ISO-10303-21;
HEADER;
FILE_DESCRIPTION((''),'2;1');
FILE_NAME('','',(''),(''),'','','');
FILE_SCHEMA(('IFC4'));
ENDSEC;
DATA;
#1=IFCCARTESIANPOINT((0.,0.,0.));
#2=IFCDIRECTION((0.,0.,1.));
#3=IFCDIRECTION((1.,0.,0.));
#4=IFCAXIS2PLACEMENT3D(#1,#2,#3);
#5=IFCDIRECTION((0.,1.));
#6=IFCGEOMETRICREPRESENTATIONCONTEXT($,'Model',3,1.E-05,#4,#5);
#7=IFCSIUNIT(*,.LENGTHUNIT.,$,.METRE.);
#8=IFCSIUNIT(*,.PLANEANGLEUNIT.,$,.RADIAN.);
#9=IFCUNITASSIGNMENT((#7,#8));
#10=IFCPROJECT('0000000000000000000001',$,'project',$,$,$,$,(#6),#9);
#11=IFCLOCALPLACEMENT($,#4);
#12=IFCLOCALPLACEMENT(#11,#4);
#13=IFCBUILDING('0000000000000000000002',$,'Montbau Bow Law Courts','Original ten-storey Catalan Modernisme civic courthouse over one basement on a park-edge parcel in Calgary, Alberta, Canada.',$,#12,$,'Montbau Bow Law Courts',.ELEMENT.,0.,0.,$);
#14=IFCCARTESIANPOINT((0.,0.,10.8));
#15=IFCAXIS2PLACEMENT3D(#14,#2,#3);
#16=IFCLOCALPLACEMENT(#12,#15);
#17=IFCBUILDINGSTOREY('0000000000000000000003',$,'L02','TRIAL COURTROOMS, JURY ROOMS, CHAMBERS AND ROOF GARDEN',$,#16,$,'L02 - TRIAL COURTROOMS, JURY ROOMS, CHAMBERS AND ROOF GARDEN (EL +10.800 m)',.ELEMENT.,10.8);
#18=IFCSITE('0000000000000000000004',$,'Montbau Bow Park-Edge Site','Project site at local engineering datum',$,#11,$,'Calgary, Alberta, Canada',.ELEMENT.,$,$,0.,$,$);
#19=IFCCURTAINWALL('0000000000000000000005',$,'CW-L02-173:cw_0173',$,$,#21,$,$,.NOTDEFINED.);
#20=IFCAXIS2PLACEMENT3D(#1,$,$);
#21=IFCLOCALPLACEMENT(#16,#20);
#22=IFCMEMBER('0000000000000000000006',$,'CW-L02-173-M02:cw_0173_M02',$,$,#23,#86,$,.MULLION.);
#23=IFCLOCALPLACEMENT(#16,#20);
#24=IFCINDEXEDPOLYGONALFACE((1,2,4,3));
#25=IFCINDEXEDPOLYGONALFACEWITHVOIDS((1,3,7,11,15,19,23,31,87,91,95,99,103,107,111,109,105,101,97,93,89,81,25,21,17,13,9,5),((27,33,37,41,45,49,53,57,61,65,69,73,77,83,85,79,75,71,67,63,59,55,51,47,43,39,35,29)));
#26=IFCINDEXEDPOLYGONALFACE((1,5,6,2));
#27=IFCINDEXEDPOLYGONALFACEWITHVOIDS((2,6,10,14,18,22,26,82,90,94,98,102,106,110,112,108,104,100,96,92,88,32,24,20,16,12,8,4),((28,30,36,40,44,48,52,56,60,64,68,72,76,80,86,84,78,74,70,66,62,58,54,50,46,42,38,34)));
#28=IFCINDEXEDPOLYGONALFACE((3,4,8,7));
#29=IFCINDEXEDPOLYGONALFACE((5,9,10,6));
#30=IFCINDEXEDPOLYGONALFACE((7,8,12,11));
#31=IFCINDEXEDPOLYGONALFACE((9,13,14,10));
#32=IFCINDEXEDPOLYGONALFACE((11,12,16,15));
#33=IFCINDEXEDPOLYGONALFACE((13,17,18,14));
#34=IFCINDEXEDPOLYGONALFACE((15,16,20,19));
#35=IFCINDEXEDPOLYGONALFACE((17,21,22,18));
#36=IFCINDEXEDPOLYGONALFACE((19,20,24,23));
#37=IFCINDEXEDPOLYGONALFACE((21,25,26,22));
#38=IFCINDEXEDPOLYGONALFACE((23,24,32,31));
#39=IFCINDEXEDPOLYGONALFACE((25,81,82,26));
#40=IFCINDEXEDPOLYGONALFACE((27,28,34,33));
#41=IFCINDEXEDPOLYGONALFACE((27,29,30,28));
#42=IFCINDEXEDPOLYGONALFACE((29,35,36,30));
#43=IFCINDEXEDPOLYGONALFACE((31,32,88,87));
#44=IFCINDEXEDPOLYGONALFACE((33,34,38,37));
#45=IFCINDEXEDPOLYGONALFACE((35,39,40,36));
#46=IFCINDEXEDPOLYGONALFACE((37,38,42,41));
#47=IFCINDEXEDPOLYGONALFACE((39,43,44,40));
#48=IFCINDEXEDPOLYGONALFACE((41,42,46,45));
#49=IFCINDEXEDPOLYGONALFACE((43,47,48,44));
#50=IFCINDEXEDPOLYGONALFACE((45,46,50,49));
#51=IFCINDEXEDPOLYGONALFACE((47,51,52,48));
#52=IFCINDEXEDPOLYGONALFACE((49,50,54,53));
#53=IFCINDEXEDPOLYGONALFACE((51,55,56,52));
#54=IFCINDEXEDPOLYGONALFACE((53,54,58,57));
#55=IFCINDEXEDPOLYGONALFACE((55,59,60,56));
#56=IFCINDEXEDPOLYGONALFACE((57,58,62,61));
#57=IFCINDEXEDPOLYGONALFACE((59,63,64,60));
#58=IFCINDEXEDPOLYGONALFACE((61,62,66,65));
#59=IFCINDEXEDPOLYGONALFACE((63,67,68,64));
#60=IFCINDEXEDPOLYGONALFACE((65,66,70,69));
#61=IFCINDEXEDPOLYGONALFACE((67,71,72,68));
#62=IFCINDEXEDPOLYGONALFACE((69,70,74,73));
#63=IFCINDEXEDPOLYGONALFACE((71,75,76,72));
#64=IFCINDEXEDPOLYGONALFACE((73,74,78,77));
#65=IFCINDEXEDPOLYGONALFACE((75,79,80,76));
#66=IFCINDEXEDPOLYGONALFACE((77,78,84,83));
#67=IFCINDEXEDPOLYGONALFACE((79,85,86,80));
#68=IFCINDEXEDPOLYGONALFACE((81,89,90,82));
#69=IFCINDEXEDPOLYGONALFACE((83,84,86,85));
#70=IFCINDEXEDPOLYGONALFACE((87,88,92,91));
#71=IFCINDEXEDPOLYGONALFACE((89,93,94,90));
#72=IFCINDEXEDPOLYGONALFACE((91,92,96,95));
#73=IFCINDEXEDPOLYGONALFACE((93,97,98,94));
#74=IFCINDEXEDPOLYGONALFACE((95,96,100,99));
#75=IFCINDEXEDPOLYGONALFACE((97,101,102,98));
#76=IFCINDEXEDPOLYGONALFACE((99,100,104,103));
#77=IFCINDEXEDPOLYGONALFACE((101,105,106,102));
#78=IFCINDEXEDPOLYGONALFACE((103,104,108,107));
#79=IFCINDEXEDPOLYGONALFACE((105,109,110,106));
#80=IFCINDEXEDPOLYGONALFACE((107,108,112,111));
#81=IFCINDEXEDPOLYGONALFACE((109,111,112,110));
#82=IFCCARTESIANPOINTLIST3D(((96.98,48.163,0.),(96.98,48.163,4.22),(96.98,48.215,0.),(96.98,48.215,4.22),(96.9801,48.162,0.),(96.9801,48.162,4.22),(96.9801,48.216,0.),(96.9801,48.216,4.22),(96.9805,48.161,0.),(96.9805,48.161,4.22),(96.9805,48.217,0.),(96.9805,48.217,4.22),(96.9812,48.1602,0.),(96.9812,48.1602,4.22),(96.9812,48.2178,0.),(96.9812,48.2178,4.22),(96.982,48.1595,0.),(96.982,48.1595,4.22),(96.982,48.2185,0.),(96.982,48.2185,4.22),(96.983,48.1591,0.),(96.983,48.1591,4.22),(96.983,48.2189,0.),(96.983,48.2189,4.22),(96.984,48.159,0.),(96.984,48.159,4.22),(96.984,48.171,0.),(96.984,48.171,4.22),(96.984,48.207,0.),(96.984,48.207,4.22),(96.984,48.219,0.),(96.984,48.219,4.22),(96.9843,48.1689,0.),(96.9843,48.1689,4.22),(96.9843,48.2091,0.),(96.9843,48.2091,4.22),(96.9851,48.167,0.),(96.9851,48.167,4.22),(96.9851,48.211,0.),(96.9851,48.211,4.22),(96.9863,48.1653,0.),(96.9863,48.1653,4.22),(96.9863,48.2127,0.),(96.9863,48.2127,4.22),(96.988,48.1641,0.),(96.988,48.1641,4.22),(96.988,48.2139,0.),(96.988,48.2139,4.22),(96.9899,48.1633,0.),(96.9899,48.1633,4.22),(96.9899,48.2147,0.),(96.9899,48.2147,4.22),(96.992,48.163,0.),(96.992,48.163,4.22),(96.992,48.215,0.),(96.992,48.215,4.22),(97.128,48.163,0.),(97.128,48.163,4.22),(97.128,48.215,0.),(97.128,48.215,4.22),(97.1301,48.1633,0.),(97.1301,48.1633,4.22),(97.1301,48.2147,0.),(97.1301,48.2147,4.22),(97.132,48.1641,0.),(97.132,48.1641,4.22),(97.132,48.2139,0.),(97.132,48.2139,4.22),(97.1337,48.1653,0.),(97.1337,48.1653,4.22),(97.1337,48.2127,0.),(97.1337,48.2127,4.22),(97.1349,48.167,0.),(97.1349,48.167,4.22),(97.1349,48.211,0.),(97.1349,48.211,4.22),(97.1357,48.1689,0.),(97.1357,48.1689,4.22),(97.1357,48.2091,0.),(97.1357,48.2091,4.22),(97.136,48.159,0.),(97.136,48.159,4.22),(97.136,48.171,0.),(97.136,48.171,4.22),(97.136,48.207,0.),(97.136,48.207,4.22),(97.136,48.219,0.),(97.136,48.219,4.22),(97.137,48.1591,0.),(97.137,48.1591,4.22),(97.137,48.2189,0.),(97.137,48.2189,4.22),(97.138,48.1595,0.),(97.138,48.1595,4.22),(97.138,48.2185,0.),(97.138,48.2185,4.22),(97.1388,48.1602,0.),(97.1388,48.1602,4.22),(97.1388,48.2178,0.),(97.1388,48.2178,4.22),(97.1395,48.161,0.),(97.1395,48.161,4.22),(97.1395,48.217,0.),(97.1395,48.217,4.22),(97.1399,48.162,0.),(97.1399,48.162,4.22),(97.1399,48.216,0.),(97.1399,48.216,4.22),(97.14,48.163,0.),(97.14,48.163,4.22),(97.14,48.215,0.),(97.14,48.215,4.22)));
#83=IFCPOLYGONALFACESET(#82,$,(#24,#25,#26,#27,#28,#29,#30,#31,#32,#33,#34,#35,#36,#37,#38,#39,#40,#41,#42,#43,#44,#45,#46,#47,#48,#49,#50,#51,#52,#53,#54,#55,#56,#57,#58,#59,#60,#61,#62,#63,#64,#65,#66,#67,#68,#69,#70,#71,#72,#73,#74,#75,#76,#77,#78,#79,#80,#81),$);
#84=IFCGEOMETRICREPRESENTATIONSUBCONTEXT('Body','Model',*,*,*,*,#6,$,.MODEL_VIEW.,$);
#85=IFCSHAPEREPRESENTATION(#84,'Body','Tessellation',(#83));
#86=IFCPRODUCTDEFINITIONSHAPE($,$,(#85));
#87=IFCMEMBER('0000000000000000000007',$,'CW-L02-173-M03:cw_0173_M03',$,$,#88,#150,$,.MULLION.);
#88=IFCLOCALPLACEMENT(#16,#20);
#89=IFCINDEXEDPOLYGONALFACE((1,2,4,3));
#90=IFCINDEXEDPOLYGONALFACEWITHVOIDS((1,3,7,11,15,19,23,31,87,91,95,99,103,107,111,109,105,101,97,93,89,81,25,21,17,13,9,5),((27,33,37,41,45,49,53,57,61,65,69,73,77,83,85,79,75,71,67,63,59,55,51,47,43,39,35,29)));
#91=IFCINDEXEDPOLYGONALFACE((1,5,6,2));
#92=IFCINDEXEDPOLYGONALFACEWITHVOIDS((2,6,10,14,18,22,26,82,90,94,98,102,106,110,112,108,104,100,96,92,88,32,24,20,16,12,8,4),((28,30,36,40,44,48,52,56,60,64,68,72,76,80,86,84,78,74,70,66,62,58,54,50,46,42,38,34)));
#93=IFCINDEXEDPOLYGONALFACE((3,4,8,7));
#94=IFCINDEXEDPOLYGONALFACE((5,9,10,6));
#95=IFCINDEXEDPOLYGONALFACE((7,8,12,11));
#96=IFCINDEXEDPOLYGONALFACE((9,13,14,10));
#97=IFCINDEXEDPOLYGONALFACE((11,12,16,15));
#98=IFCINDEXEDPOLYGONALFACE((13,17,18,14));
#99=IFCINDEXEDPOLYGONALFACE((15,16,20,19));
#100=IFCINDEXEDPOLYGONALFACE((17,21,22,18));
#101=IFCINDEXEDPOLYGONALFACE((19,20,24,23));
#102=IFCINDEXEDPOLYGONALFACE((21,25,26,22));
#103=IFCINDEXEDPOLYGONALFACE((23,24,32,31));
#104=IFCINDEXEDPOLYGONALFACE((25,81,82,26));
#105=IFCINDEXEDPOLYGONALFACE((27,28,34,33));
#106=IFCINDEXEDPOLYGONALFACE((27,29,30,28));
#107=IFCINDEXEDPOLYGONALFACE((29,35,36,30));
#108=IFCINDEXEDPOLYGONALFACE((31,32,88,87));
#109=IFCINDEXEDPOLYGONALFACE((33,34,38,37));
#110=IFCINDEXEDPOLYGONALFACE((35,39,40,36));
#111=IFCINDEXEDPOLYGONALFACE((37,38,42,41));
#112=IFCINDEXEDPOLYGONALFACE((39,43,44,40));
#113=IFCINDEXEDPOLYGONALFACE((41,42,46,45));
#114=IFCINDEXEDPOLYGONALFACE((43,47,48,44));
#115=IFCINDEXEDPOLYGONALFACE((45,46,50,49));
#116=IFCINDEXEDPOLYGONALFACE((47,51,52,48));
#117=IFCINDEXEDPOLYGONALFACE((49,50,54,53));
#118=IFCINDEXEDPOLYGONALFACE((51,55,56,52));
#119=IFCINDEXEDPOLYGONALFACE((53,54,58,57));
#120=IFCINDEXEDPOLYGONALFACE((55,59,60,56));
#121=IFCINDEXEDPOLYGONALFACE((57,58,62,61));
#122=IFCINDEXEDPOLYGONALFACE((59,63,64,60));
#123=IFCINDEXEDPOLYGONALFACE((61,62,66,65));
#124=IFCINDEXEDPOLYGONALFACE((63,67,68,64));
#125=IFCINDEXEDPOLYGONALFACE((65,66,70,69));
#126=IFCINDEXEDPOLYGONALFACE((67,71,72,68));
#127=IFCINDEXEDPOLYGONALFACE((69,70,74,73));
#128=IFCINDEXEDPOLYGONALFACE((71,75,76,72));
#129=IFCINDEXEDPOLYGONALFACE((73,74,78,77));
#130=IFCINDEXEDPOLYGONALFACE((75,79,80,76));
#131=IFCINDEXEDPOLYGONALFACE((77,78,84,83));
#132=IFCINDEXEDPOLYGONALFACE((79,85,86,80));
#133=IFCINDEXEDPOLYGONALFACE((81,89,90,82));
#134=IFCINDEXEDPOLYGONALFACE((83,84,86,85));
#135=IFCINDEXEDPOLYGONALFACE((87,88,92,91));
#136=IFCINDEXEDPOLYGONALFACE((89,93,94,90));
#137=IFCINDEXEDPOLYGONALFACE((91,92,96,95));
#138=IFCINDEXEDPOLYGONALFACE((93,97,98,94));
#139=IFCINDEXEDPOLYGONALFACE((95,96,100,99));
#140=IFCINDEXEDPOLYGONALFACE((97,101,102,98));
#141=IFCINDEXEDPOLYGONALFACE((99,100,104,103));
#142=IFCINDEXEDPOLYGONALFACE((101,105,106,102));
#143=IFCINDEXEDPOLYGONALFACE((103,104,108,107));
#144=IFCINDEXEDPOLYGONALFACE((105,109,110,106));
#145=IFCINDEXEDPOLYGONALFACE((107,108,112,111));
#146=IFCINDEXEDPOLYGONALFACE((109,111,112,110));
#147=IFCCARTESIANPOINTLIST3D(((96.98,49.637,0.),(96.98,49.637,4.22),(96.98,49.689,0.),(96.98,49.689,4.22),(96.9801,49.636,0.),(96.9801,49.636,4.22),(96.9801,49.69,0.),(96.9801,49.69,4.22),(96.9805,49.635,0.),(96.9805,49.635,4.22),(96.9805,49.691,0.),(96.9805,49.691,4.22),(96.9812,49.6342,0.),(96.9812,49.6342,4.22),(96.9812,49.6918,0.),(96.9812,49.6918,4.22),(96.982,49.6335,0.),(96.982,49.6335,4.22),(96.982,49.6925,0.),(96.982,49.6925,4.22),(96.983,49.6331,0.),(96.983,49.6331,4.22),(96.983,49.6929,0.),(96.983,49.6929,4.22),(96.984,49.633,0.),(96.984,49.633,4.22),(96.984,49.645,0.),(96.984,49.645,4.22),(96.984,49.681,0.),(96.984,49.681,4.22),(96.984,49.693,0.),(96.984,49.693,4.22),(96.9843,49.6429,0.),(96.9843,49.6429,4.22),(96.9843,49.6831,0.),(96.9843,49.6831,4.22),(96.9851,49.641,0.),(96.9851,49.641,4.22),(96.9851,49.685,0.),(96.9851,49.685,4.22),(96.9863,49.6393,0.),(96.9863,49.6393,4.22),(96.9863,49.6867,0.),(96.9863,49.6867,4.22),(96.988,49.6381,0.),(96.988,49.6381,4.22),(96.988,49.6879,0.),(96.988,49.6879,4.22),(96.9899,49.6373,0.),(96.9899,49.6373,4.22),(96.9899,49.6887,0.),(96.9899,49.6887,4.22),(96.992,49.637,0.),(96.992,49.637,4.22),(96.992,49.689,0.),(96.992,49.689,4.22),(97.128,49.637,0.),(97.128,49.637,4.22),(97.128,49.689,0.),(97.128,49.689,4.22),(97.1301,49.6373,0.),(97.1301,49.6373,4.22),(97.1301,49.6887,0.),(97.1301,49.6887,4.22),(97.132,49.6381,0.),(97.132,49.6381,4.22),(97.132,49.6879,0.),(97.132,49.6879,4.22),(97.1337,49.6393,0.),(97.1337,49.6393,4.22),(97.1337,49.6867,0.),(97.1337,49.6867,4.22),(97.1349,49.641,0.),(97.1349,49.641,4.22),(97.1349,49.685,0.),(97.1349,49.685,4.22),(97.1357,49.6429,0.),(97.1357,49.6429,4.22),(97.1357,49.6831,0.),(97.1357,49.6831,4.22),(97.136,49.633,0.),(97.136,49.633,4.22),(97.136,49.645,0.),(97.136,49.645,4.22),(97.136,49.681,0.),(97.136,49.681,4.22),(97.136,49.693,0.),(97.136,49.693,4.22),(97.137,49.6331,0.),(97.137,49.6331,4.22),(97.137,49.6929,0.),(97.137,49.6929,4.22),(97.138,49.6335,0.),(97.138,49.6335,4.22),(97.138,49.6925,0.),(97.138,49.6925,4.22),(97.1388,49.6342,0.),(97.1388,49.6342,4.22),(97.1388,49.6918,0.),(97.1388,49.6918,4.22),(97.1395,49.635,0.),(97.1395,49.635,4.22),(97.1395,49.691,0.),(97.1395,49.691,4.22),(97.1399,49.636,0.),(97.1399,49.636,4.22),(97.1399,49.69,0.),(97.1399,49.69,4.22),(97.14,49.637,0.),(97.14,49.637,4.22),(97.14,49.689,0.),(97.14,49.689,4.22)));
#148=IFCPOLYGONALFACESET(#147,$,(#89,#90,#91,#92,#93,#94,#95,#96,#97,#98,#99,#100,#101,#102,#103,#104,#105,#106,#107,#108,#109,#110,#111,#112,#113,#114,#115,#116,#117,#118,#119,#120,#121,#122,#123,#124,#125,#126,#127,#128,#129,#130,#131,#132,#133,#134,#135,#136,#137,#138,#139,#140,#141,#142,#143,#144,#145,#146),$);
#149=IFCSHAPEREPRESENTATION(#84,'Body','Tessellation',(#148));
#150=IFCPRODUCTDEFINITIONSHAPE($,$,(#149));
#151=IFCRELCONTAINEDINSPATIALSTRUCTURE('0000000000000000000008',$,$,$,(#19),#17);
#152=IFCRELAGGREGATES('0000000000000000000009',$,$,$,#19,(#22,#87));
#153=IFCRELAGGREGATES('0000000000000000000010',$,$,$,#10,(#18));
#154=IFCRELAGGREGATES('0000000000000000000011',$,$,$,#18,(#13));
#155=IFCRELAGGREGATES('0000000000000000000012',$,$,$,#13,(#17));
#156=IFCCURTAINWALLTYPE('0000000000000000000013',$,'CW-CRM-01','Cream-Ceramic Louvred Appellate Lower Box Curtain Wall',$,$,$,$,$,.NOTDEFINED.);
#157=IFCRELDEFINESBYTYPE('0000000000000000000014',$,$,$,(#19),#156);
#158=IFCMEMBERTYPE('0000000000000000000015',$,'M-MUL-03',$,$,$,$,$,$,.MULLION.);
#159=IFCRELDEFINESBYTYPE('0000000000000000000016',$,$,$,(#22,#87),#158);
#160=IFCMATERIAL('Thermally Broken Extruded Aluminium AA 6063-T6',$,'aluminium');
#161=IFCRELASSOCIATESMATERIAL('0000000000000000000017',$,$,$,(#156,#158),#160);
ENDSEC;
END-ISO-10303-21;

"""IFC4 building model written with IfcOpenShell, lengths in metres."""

from ifc_helpers import new_model, si_unit, direction, frame, origin_with_axes, origin_2d_with_axis, place, context, subcontext, project, spatial, hollow_rectangle, extrude, material, material_profile, profile_set, type_object, element, aggregate, save


model = new_model("IFC4")

# Units and contexts
model_context = context("Model", 3, precision=1e-05, world=origin_with_axes(), true_north=direction((0.0, 1.0)))
body_context = subcontext(model_context, "Body", "Model", "MODEL_VIEW")
ifc_project = project(units=[si_unit("LENGTHUNIT", "METRE"), si_unit("PLANEANGLEUNIT", "RADIAN")], contexts=[model_context])

# Site, building, storey
site_placement = place(None, origin_with_axes())
site = spatial("IfcSite", under=ifc_project, at=site_placement, Name="Montbau Bow Park-Edge Site", Description="Project site at local engineering datum", LongName="Calgary, Alberta, Canada", CompositionType="ELEMENT", RefElevation=0.0)
building_placement = place(site_placement, origin_with_axes())
building = spatial("IfcBuilding", under=site, at=building_placement, Name="Montbau Bow Law Courts", Description="Original ten-storey Catalan Modernisme civic courthouse over one basement on a park-edge parcel in Calgary, Alberta, Canada.", LongName="Montbau Bow Law Courts", CompositionType="ELEMENT", ElevationOfRefHeight=0.0, ElevationOfTerrain=0.0)
storey_placement = place(building_placement, frame((0.0, 0.0, 10.8), z_axis=(0.0, 0.0, 1.0), x_axis=(1.0, 0.0, 0.0)))
storey = spatial("IfcBuildingStorey", under=building, at=storey_placement, Name="L02", Description="TRIAL COURTROOMS, JURY ROOMS, CHAMBERS AND ROOF GARDEN", LongName="L02 - TRIAL COURTROOMS, JURY ROOMS, CHAMBERS AND ROOF GARDEN (EL +10.800 m)", CompositionType="ELEMENT", Elevation=10.8)

# Curtain wall, members
ifc_material_1 = material(Name="Thermally Broken Extruded Aluminium AA 6063-T6", Category="aluminium")
curtain_wall_type = type_object("IfcCurtainWallType", Name="CW-CRM-01", Description="Cream-Ceramic Louvred Appellate Lower Box Curtain Wall", PredefinedType="NOTDEFINED", material=ifc_material_1)
curtain_wall_placement = place(None, frame((97.06, 46.715, 10.8), z_axis=(0.0, 0.0, 1.0), x_axis=(1.0, 0.0, 0.0)))
curtain_wall = element("IfcCurtainWall", 1, at=curtain_wall_placement, inside=storey, type_object=curtain_wall_type, Name="CW-L02-173:cw_0173", PredefinedType="NOTDEFINED")
ifc_material_profile_1 = material_profile(ifc_material_1, hollow_rectangle(XDim=0.06, YDim=0.16, WallThickness=0.004, InnerFilletRadius=0.008, OuterFilletRadius=0.004, at=origin_2d_with_axis()), Name="CWM-160X60", Category="Main", Priority=0)
ifc_profile_set_1 = profile_set([ifc_material_profile_1], Name="Thermally Broken Extruded Aluminium AA 6063-T6")
member_type_1 = type_object("IfcMemberType", Name="M-MUL-03", PredefinedType="MULLION", material=ifc_profile_set_1)
member_1_placement = place(None, frame((97.06, 48.189, 10.8), z_axis=(0.0, 0.0, 1.0), x_axis=(0.0, 1.0, 0.0)))
member_1 = element("IfcMember", 2, at=member_1_placement, type_object=member_type_1, Name="CW-L02-173-M02:cw_0173_M02", PredefinedType="MULLION", context=body_context, shape_type="SweptSolid", body=[
    extrude(hollow_rectangle(XDim=0.06, YDim=0.16, WallThickness=0.004, InnerFilletRadius=0.008, OuterFilletRadius=0.004, at=origin_2d_with_axis()), origin_with_axes(), (0.0, 0.0, 1.0), 4.22),
])
member_2_placement = place(None, frame((97.06, 49.663, 10.8), z_axis=(0.0, 0.0, 1.0), x_axis=(0.0, 1.0, 0.0)))
member_2 = element("IfcMember", 3, at=member_2_placement, type_object=member_type_1, Name="CW-L02-173-M03:cw_0173_M03", PredefinedType="MULLION", context=body_context, shape_type="SweptSolid", body=[
    extrude(hollow_rectangle(XDim=0.06, YDim=0.16, WallThickness=0.004, InnerFilletRadius=0.008, OuterFilletRadius=0.004, at=origin_2d_with_axis()), origin_with_axes(), (0.0, 0.0, 1.0), 4.22),
])
aggregate(curtain_wall, [member_1, member_2])

save(model, "model.ifc")
